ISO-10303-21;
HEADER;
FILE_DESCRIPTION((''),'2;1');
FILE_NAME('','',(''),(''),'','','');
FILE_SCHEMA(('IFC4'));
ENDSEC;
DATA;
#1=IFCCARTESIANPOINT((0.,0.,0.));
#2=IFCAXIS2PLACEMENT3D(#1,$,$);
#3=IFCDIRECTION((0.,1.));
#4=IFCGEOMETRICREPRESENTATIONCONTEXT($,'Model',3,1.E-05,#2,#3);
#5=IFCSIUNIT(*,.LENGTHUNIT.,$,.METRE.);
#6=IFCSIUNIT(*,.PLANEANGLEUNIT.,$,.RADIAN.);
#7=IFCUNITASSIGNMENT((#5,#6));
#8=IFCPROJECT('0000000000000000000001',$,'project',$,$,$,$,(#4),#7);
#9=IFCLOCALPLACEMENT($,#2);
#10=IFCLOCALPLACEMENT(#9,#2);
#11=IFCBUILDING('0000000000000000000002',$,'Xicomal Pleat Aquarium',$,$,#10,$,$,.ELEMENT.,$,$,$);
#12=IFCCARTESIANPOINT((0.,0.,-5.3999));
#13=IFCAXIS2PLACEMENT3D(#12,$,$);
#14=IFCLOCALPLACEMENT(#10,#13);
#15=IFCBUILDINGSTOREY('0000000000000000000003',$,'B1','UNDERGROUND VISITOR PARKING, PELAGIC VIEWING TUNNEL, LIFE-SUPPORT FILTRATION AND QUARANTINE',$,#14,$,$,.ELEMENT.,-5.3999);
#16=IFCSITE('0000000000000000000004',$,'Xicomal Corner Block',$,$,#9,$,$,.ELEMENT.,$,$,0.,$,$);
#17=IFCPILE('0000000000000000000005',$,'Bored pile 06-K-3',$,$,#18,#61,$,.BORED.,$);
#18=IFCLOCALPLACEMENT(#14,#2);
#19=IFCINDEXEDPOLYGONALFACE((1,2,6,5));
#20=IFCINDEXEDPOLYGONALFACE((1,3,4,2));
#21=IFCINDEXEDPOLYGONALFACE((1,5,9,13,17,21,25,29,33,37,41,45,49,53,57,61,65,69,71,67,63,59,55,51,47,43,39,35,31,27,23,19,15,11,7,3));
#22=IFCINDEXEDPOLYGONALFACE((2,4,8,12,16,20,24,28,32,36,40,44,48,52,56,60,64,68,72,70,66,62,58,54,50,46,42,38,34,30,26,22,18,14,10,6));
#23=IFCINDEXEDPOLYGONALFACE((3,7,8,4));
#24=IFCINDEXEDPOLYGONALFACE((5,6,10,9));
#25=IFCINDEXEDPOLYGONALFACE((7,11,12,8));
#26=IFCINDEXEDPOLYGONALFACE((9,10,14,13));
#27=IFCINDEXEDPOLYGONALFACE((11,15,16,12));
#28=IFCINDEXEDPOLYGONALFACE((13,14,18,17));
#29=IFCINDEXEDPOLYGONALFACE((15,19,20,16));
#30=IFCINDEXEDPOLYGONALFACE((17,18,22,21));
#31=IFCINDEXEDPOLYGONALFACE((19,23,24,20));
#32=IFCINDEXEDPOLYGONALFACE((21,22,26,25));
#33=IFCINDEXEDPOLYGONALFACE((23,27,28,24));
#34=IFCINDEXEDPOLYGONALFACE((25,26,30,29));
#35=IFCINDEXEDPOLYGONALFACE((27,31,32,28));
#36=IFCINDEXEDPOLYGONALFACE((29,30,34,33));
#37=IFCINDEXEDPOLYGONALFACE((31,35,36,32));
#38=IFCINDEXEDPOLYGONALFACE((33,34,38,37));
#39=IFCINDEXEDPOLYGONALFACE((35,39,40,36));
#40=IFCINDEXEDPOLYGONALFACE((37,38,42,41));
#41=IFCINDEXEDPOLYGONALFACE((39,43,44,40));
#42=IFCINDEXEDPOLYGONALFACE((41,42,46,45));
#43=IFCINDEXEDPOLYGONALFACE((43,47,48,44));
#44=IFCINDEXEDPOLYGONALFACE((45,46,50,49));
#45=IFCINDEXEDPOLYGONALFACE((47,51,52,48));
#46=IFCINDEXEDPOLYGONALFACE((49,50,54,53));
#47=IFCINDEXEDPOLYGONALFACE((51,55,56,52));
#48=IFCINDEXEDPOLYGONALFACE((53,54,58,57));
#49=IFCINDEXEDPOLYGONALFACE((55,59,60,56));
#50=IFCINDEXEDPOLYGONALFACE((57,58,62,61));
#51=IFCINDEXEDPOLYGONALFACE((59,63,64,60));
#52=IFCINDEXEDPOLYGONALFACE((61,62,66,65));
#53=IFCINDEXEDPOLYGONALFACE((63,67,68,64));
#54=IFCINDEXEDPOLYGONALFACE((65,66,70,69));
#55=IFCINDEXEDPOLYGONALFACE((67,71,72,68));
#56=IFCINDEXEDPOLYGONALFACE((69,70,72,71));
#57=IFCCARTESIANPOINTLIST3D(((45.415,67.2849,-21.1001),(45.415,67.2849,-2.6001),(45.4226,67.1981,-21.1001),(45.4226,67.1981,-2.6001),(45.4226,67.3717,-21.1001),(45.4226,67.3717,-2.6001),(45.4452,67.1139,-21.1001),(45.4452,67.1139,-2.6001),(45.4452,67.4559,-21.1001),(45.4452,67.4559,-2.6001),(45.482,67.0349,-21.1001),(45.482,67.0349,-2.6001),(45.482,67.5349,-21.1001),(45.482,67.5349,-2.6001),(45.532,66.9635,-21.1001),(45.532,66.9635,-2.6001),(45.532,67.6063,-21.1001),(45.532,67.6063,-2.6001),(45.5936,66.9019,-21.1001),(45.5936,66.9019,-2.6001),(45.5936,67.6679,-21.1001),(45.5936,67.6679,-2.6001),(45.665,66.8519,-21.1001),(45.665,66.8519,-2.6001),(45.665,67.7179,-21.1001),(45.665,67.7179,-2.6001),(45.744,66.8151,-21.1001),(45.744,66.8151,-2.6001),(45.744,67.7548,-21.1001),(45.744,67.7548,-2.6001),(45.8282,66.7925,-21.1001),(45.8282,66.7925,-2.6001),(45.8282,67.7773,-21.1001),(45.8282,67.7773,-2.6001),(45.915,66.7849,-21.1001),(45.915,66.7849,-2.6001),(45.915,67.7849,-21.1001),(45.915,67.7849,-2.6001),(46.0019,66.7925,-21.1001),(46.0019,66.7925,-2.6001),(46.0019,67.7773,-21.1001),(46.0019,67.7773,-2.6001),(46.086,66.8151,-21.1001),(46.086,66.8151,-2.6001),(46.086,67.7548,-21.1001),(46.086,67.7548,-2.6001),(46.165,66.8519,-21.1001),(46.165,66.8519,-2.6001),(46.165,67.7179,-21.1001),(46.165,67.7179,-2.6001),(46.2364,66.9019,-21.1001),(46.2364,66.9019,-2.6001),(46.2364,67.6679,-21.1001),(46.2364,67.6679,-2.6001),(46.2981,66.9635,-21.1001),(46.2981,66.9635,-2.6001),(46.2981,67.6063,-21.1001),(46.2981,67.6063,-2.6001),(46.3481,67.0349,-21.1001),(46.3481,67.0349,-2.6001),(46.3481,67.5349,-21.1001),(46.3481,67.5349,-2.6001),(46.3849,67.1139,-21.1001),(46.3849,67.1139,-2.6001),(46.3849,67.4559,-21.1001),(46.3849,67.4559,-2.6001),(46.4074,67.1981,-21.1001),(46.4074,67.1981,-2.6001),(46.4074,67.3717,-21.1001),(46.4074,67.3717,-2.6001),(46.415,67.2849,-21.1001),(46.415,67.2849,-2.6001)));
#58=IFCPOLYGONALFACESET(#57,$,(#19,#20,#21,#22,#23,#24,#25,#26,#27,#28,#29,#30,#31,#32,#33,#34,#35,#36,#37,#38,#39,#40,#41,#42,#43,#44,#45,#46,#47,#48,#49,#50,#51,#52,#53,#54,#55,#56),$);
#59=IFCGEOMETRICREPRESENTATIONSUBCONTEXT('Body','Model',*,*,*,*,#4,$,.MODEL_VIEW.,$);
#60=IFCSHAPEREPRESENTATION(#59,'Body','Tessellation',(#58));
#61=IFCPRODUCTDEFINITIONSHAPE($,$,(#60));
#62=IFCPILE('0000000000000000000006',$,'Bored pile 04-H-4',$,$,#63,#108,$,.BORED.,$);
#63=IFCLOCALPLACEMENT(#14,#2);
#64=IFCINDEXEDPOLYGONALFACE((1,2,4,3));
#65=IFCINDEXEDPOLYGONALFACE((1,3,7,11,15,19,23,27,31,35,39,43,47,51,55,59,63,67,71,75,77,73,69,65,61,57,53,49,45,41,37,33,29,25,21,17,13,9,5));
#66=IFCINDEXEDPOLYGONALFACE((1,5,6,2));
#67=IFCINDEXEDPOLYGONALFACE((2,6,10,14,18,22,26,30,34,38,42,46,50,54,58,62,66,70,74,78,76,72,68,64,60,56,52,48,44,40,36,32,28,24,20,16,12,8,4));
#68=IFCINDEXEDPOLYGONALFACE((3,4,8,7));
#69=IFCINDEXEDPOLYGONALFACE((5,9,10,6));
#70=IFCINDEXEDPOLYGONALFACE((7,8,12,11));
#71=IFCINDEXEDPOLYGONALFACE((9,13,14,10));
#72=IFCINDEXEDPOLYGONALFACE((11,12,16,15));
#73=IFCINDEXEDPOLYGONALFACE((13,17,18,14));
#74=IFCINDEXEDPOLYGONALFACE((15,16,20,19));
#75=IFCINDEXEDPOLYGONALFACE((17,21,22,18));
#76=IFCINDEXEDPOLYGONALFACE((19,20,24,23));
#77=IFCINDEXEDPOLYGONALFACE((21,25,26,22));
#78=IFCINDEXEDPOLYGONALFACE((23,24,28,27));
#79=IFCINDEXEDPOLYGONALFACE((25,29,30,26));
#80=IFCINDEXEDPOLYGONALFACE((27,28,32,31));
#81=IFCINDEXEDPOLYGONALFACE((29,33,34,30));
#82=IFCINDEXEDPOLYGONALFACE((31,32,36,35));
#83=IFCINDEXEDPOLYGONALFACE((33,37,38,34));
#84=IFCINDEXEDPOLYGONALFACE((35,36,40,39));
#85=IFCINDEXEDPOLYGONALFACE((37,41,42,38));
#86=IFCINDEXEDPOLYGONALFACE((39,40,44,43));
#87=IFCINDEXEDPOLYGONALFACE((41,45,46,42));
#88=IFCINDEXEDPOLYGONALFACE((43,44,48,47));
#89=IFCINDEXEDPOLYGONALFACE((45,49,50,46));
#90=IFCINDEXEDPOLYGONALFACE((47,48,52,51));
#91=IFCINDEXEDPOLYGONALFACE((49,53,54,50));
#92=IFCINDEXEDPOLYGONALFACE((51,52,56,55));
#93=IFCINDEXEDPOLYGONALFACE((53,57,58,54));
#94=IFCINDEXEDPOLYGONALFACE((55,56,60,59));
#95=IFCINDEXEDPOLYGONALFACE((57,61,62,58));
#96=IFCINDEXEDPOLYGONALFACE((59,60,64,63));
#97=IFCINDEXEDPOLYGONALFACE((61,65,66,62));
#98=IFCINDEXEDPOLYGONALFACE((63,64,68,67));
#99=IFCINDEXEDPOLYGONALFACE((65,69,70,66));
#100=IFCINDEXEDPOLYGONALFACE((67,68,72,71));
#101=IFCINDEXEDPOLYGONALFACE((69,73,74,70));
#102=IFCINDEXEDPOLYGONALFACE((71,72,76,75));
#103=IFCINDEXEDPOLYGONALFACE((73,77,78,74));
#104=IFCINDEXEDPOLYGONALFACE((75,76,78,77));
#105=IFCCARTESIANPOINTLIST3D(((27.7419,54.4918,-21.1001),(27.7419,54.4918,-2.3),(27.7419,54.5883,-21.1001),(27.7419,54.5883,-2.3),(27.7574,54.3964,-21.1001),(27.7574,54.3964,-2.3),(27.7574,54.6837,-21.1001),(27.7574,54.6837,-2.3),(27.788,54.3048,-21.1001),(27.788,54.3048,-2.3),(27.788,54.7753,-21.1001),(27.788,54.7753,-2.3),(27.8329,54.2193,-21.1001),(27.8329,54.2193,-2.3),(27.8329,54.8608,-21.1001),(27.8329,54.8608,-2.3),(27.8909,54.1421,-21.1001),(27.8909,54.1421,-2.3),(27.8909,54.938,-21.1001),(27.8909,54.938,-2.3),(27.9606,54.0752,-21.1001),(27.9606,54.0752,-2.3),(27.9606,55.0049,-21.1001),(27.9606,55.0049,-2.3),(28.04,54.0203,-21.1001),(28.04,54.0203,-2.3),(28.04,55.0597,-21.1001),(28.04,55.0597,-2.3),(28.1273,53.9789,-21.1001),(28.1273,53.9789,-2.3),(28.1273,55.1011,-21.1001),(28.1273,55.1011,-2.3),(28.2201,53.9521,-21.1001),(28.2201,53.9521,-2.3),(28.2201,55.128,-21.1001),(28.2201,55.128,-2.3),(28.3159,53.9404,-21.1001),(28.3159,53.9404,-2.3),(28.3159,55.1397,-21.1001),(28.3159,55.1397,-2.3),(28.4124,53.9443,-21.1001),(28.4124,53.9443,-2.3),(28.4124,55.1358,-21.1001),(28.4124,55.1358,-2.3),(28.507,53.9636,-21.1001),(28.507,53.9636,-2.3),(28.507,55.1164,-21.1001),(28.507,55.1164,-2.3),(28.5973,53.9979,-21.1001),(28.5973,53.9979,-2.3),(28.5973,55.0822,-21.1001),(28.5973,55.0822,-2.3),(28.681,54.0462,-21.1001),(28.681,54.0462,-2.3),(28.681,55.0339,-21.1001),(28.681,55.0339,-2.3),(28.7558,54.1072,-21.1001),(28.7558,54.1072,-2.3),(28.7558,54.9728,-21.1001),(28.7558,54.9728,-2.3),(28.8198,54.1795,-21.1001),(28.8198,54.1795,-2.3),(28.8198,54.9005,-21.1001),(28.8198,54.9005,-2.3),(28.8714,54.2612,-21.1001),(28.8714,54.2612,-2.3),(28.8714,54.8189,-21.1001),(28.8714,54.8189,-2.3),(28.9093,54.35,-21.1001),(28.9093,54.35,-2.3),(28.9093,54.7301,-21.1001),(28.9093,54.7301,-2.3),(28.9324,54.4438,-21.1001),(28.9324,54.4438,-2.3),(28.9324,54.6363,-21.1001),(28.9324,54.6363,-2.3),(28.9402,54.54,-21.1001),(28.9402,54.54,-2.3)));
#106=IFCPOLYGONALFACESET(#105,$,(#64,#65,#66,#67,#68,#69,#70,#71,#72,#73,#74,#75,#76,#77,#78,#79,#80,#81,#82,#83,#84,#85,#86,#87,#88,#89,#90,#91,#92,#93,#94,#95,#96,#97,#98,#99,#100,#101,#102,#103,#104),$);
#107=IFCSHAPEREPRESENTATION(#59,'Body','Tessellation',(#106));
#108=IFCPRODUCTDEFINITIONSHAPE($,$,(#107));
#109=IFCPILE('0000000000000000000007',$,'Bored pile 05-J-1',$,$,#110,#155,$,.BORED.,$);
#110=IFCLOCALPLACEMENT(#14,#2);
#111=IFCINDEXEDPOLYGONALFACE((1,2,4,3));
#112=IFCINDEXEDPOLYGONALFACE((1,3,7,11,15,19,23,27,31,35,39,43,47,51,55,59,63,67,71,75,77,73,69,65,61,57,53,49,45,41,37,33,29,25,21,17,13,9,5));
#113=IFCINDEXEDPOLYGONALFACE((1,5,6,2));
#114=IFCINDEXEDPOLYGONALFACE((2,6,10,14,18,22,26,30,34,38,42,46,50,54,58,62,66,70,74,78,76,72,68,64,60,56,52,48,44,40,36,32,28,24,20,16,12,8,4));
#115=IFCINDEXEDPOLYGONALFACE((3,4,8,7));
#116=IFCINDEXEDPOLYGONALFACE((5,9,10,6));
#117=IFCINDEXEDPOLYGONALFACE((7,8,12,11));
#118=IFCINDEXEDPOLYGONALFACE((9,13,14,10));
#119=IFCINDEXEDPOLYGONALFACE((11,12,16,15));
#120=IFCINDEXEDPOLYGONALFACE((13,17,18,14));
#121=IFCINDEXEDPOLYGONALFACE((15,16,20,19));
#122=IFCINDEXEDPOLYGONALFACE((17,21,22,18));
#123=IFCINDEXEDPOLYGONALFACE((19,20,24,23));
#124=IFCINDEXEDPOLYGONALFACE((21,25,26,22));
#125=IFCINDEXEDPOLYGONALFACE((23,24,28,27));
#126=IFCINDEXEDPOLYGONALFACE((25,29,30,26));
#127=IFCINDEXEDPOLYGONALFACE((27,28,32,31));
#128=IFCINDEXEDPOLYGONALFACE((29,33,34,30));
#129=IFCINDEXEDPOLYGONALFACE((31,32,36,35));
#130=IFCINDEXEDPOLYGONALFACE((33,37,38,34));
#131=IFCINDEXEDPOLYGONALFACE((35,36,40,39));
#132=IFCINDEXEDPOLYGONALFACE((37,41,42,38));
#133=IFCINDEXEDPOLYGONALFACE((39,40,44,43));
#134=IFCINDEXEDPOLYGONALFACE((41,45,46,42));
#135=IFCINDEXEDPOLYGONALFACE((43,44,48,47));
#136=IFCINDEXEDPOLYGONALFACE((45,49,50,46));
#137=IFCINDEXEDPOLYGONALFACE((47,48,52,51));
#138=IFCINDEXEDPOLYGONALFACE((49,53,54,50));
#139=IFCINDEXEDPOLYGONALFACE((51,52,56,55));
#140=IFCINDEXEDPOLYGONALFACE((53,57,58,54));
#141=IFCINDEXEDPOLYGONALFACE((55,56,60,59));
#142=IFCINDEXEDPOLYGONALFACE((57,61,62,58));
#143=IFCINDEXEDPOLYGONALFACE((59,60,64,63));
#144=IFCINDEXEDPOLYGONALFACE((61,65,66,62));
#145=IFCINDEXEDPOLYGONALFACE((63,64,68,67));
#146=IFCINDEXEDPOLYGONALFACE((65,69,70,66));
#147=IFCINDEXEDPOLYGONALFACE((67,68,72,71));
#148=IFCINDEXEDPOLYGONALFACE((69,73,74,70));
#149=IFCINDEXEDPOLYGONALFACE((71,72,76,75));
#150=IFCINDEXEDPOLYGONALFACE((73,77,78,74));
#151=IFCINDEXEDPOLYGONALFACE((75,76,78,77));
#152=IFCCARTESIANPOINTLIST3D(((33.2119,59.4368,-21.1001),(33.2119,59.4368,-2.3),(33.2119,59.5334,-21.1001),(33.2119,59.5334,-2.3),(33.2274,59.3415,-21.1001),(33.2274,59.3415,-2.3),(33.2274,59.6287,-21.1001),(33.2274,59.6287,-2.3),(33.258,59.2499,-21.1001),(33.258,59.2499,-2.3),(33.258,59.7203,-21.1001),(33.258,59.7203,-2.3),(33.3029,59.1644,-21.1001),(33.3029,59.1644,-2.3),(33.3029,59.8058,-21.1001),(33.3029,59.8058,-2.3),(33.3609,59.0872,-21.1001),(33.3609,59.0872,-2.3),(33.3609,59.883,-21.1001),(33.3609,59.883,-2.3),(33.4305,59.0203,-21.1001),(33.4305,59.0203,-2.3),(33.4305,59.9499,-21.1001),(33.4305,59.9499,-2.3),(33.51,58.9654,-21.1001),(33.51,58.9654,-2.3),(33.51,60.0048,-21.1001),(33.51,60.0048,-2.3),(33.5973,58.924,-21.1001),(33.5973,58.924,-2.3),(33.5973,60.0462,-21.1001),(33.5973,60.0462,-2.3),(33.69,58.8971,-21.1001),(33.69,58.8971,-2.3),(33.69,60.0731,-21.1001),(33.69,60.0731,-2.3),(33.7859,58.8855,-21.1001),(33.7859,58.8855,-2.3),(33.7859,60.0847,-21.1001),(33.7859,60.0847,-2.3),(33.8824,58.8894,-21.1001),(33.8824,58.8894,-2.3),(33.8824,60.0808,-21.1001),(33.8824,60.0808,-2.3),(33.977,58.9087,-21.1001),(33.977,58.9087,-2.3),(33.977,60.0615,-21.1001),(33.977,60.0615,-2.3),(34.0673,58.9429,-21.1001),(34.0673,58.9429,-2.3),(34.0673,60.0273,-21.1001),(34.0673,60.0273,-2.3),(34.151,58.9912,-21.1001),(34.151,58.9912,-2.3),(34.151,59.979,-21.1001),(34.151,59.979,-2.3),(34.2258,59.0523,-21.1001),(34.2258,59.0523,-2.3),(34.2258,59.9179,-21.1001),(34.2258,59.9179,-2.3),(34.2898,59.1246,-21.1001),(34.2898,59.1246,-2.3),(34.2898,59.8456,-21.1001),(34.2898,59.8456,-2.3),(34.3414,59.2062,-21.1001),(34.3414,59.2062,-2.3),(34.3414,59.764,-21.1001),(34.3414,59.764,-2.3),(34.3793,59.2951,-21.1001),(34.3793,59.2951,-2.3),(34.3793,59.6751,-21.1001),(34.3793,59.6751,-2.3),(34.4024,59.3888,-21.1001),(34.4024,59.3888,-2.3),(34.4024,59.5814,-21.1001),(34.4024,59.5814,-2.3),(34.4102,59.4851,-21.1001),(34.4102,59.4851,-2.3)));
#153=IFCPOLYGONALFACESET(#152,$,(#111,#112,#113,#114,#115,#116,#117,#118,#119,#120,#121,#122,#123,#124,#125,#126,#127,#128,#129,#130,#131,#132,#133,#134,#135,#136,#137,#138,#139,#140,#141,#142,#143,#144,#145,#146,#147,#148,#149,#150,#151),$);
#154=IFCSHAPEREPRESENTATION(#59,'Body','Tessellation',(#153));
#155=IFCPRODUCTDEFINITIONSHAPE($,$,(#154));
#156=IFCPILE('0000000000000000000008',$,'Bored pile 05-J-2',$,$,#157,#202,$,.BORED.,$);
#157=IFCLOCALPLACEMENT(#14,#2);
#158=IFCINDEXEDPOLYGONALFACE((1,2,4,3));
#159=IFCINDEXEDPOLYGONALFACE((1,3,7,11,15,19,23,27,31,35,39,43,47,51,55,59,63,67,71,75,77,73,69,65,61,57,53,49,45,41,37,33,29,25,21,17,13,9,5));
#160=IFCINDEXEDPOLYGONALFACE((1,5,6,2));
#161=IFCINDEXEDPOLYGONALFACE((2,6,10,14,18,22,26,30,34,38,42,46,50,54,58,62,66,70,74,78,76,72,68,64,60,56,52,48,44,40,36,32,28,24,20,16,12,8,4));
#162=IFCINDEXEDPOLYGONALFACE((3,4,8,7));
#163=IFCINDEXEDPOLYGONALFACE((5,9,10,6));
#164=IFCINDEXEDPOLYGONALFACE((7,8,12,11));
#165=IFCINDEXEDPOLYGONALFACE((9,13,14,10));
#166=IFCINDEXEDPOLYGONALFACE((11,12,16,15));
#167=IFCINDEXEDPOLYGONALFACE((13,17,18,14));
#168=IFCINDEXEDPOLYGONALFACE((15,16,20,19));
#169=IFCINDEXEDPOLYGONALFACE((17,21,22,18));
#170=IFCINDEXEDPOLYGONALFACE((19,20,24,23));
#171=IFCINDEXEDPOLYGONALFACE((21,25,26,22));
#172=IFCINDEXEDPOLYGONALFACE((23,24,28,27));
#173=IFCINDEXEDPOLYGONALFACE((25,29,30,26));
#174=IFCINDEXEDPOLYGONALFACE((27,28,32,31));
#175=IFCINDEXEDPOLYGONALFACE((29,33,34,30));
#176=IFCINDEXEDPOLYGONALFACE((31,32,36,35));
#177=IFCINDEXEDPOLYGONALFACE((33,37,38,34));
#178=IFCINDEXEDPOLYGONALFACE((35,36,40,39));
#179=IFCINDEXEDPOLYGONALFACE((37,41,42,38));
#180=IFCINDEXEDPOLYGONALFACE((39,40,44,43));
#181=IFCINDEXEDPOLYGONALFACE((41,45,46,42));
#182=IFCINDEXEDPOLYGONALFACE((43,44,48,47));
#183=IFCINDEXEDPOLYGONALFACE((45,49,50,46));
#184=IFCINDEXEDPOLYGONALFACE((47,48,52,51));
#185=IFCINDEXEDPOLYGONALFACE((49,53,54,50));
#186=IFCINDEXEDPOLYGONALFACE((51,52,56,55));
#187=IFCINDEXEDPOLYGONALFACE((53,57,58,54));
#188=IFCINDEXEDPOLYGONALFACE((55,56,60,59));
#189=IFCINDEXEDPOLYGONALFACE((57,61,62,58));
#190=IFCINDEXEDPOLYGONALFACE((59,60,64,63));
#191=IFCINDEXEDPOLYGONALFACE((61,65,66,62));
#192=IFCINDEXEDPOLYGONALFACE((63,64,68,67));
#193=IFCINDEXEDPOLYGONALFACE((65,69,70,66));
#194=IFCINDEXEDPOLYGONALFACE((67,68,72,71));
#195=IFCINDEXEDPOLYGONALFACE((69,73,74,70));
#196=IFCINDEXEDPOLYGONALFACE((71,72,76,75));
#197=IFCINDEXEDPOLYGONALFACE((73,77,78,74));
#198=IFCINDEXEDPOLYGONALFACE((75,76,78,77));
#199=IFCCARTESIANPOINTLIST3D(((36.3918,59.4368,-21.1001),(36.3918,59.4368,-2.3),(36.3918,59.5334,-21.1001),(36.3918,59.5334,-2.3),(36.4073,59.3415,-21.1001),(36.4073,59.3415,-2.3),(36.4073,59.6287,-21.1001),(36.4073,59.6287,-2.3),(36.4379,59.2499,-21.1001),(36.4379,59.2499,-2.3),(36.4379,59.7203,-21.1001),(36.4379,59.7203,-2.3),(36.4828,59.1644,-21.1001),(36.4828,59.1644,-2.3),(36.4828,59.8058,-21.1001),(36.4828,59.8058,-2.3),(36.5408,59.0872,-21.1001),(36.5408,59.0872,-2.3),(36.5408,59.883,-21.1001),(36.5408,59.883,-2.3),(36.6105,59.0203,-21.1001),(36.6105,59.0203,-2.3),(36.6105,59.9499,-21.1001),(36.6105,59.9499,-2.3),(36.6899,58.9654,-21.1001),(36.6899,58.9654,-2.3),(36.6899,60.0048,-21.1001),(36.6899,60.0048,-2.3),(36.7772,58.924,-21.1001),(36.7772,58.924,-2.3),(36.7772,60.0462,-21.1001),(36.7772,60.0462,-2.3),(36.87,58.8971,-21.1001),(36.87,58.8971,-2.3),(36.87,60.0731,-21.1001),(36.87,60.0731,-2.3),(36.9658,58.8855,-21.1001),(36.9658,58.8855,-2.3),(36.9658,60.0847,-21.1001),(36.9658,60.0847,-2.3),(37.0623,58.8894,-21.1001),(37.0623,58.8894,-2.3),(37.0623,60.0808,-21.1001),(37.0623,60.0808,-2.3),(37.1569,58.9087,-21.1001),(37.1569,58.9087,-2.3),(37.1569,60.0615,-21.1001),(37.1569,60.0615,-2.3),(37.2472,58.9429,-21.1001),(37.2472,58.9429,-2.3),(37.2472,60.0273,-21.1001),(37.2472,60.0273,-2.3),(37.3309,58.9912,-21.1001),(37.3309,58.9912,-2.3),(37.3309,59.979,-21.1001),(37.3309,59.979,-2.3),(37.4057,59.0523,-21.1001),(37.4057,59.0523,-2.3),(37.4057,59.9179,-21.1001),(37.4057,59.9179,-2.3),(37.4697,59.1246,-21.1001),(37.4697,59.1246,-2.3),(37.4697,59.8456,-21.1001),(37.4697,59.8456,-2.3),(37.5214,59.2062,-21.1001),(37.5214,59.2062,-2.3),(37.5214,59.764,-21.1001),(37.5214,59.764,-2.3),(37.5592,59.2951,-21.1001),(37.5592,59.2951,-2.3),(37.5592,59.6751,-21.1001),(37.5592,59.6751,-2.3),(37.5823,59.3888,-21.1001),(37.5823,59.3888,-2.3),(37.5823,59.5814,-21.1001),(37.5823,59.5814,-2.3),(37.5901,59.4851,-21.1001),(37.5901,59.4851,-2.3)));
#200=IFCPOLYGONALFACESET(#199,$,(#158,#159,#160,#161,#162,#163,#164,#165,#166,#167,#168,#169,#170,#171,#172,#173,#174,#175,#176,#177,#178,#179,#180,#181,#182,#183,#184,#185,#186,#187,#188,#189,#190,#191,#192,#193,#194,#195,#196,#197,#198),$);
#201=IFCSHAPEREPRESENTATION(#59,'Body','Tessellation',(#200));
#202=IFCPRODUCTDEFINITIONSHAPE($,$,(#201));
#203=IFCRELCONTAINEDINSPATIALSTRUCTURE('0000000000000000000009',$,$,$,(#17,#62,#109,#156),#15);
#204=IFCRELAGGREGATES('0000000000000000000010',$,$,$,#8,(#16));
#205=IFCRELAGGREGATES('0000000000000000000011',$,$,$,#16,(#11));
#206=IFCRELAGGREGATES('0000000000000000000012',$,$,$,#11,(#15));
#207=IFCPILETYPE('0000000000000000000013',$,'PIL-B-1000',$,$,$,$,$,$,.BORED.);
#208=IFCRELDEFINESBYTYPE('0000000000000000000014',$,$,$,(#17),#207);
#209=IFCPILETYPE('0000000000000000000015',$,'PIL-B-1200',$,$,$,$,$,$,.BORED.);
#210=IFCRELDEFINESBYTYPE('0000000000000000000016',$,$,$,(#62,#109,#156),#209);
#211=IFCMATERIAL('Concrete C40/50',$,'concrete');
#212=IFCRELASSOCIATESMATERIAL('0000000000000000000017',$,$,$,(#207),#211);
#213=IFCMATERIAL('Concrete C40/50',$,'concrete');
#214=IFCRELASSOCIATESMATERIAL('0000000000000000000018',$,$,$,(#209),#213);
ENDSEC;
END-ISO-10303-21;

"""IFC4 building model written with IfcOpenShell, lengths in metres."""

from ifc_helpers import new_model, si_unit, direction, frame, origin, origin_2d, place, context, subcontext, project, spatial, circle, extrude, material, material_profile, profile_set, type_object, element, save


model = new_model("IFC4")

# Units and contexts
model_context = context("Model", 3, precision=1e-05, world=origin(), true_north=direction((0.0, 1.0)))
body_context = subcontext(model_context, "Body", "Model", "MODEL_VIEW")
ifc_project = project(units=[si_unit("LENGTHUNIT", "METRE"), si_unit("PLANEANGLEUNIT", "RADIAN")], contexts=[model_context])

# Site, building, storey
site_placement = place(None, origin())
site = spatial("IfcSite", under=ifc_project, at=site_placement, Name="Xicomal Corner Block", CompositionType="ELEMENT", RefElevation=0.0)
building_placement = place(site_placement, origin())
building = spatial("IfcBuilding", under=site, at=building_placement, Name="Xicomal Pleat Aquarium", CompositionType="ELEMENT")
storey_placement = place(building_placement, frame((0.0, 0.0, -5.3999)))
storey = spatial("IfcBuildingStorey", under=building, at=storey_placement, Name="B1", Description="UNDERGROUND VISITOR PARKING, PELAGIC VIEWING TUNNEL, LIFE-SUPPORT FILTRATION AND QUARANTINE", CompositionType="ELEMENT", Elevation=-5.3999)

# Piles
ifc_material_1 = material(Name="Concrete C40/50", Category="concrete")
ifc_material_profile_1 = material_profile(ifc_material_1, circle(Radius=0.5, at=origin_2d()), Name="BORED PILE D1000")
ifc_profile_set_1 = profile_set([ifc_material_profile_1], Name="Concrete C40/50")
pile_type_1 = type_object("IfcPileType", Name="PIL-B-1000", PredefinedType="BORED", material=ifc_profile_set_1)
for number, where, z_axis, x_axis, name in (
    (1, (45.915, 67.2849, -2.6001), (0.0, 0.0, -1.0), (1.0, 0.0, 0.0), "Bored pile 06-K-3"),
):
    element("IfcPile", number, at=place(storey_placement, frame(where, z_axis=z_axis, x_axis=x_axis)), inside=storey, type_object=pile_type_1, Name=name, PredefinedType="BORED", context=body_context, shape_type="SweptSolid", body=[
        extrude(circle(Radius=0.5, at=origin_2d()), origin(), (0.0, 0.0, 1.0), 18.5),
    ])
ifc_material_2 = material(Name="Concrete C40/50", Category="concrete")
ifc_material_profile_2 = material_profile(ifc_material_2, circle(Radius=0.6001, at=origin_2d()), Name="BORED PILE D1200")
ifc_profile_set_2 = profile_set([ifc_material_profile_2], Name="Concrete C40/50")
pile_type_2 = type_object("IfcPileType", Name="PIL-B-1200", PredefinedType="BORED", material=ifc_profile_set_2)
for number, where, z_axis, x_axis, name in (
    (2, (28.3401, 54.54, -2.3), (0.0, 0.0, -1.0), (1.0, 0.0, 0.0), "Bored pile 04-H-4"),
    (3, (33.8101, 59.4851, -2.3), (0.0, 0.0, -1.0), (1.0, 0.0, 0.0), "Bored pile 05-J-1"),
    (4, (36.99, 59.4851, -2.3), (0.0, 0.0, -1.0), (1.0, 0.0, 0.0), "Bored pile 05-J-2"),
):
    element("IfcPile", number, at=place(storey_placement, frame(where, z_axis=z_axis, x_axis=x_axis)), inside=storey, type_object=pile_type_2, Name=name, PredefinedType="BORED", context=body_context, shape_type="SweptSolid", body=[
        extrude(circle(Radius=0.6001, at=origin_2d()), origin(), (0.0, 0.0, 1.0), 18.8),
    ])

save(model, "model.ifc")
